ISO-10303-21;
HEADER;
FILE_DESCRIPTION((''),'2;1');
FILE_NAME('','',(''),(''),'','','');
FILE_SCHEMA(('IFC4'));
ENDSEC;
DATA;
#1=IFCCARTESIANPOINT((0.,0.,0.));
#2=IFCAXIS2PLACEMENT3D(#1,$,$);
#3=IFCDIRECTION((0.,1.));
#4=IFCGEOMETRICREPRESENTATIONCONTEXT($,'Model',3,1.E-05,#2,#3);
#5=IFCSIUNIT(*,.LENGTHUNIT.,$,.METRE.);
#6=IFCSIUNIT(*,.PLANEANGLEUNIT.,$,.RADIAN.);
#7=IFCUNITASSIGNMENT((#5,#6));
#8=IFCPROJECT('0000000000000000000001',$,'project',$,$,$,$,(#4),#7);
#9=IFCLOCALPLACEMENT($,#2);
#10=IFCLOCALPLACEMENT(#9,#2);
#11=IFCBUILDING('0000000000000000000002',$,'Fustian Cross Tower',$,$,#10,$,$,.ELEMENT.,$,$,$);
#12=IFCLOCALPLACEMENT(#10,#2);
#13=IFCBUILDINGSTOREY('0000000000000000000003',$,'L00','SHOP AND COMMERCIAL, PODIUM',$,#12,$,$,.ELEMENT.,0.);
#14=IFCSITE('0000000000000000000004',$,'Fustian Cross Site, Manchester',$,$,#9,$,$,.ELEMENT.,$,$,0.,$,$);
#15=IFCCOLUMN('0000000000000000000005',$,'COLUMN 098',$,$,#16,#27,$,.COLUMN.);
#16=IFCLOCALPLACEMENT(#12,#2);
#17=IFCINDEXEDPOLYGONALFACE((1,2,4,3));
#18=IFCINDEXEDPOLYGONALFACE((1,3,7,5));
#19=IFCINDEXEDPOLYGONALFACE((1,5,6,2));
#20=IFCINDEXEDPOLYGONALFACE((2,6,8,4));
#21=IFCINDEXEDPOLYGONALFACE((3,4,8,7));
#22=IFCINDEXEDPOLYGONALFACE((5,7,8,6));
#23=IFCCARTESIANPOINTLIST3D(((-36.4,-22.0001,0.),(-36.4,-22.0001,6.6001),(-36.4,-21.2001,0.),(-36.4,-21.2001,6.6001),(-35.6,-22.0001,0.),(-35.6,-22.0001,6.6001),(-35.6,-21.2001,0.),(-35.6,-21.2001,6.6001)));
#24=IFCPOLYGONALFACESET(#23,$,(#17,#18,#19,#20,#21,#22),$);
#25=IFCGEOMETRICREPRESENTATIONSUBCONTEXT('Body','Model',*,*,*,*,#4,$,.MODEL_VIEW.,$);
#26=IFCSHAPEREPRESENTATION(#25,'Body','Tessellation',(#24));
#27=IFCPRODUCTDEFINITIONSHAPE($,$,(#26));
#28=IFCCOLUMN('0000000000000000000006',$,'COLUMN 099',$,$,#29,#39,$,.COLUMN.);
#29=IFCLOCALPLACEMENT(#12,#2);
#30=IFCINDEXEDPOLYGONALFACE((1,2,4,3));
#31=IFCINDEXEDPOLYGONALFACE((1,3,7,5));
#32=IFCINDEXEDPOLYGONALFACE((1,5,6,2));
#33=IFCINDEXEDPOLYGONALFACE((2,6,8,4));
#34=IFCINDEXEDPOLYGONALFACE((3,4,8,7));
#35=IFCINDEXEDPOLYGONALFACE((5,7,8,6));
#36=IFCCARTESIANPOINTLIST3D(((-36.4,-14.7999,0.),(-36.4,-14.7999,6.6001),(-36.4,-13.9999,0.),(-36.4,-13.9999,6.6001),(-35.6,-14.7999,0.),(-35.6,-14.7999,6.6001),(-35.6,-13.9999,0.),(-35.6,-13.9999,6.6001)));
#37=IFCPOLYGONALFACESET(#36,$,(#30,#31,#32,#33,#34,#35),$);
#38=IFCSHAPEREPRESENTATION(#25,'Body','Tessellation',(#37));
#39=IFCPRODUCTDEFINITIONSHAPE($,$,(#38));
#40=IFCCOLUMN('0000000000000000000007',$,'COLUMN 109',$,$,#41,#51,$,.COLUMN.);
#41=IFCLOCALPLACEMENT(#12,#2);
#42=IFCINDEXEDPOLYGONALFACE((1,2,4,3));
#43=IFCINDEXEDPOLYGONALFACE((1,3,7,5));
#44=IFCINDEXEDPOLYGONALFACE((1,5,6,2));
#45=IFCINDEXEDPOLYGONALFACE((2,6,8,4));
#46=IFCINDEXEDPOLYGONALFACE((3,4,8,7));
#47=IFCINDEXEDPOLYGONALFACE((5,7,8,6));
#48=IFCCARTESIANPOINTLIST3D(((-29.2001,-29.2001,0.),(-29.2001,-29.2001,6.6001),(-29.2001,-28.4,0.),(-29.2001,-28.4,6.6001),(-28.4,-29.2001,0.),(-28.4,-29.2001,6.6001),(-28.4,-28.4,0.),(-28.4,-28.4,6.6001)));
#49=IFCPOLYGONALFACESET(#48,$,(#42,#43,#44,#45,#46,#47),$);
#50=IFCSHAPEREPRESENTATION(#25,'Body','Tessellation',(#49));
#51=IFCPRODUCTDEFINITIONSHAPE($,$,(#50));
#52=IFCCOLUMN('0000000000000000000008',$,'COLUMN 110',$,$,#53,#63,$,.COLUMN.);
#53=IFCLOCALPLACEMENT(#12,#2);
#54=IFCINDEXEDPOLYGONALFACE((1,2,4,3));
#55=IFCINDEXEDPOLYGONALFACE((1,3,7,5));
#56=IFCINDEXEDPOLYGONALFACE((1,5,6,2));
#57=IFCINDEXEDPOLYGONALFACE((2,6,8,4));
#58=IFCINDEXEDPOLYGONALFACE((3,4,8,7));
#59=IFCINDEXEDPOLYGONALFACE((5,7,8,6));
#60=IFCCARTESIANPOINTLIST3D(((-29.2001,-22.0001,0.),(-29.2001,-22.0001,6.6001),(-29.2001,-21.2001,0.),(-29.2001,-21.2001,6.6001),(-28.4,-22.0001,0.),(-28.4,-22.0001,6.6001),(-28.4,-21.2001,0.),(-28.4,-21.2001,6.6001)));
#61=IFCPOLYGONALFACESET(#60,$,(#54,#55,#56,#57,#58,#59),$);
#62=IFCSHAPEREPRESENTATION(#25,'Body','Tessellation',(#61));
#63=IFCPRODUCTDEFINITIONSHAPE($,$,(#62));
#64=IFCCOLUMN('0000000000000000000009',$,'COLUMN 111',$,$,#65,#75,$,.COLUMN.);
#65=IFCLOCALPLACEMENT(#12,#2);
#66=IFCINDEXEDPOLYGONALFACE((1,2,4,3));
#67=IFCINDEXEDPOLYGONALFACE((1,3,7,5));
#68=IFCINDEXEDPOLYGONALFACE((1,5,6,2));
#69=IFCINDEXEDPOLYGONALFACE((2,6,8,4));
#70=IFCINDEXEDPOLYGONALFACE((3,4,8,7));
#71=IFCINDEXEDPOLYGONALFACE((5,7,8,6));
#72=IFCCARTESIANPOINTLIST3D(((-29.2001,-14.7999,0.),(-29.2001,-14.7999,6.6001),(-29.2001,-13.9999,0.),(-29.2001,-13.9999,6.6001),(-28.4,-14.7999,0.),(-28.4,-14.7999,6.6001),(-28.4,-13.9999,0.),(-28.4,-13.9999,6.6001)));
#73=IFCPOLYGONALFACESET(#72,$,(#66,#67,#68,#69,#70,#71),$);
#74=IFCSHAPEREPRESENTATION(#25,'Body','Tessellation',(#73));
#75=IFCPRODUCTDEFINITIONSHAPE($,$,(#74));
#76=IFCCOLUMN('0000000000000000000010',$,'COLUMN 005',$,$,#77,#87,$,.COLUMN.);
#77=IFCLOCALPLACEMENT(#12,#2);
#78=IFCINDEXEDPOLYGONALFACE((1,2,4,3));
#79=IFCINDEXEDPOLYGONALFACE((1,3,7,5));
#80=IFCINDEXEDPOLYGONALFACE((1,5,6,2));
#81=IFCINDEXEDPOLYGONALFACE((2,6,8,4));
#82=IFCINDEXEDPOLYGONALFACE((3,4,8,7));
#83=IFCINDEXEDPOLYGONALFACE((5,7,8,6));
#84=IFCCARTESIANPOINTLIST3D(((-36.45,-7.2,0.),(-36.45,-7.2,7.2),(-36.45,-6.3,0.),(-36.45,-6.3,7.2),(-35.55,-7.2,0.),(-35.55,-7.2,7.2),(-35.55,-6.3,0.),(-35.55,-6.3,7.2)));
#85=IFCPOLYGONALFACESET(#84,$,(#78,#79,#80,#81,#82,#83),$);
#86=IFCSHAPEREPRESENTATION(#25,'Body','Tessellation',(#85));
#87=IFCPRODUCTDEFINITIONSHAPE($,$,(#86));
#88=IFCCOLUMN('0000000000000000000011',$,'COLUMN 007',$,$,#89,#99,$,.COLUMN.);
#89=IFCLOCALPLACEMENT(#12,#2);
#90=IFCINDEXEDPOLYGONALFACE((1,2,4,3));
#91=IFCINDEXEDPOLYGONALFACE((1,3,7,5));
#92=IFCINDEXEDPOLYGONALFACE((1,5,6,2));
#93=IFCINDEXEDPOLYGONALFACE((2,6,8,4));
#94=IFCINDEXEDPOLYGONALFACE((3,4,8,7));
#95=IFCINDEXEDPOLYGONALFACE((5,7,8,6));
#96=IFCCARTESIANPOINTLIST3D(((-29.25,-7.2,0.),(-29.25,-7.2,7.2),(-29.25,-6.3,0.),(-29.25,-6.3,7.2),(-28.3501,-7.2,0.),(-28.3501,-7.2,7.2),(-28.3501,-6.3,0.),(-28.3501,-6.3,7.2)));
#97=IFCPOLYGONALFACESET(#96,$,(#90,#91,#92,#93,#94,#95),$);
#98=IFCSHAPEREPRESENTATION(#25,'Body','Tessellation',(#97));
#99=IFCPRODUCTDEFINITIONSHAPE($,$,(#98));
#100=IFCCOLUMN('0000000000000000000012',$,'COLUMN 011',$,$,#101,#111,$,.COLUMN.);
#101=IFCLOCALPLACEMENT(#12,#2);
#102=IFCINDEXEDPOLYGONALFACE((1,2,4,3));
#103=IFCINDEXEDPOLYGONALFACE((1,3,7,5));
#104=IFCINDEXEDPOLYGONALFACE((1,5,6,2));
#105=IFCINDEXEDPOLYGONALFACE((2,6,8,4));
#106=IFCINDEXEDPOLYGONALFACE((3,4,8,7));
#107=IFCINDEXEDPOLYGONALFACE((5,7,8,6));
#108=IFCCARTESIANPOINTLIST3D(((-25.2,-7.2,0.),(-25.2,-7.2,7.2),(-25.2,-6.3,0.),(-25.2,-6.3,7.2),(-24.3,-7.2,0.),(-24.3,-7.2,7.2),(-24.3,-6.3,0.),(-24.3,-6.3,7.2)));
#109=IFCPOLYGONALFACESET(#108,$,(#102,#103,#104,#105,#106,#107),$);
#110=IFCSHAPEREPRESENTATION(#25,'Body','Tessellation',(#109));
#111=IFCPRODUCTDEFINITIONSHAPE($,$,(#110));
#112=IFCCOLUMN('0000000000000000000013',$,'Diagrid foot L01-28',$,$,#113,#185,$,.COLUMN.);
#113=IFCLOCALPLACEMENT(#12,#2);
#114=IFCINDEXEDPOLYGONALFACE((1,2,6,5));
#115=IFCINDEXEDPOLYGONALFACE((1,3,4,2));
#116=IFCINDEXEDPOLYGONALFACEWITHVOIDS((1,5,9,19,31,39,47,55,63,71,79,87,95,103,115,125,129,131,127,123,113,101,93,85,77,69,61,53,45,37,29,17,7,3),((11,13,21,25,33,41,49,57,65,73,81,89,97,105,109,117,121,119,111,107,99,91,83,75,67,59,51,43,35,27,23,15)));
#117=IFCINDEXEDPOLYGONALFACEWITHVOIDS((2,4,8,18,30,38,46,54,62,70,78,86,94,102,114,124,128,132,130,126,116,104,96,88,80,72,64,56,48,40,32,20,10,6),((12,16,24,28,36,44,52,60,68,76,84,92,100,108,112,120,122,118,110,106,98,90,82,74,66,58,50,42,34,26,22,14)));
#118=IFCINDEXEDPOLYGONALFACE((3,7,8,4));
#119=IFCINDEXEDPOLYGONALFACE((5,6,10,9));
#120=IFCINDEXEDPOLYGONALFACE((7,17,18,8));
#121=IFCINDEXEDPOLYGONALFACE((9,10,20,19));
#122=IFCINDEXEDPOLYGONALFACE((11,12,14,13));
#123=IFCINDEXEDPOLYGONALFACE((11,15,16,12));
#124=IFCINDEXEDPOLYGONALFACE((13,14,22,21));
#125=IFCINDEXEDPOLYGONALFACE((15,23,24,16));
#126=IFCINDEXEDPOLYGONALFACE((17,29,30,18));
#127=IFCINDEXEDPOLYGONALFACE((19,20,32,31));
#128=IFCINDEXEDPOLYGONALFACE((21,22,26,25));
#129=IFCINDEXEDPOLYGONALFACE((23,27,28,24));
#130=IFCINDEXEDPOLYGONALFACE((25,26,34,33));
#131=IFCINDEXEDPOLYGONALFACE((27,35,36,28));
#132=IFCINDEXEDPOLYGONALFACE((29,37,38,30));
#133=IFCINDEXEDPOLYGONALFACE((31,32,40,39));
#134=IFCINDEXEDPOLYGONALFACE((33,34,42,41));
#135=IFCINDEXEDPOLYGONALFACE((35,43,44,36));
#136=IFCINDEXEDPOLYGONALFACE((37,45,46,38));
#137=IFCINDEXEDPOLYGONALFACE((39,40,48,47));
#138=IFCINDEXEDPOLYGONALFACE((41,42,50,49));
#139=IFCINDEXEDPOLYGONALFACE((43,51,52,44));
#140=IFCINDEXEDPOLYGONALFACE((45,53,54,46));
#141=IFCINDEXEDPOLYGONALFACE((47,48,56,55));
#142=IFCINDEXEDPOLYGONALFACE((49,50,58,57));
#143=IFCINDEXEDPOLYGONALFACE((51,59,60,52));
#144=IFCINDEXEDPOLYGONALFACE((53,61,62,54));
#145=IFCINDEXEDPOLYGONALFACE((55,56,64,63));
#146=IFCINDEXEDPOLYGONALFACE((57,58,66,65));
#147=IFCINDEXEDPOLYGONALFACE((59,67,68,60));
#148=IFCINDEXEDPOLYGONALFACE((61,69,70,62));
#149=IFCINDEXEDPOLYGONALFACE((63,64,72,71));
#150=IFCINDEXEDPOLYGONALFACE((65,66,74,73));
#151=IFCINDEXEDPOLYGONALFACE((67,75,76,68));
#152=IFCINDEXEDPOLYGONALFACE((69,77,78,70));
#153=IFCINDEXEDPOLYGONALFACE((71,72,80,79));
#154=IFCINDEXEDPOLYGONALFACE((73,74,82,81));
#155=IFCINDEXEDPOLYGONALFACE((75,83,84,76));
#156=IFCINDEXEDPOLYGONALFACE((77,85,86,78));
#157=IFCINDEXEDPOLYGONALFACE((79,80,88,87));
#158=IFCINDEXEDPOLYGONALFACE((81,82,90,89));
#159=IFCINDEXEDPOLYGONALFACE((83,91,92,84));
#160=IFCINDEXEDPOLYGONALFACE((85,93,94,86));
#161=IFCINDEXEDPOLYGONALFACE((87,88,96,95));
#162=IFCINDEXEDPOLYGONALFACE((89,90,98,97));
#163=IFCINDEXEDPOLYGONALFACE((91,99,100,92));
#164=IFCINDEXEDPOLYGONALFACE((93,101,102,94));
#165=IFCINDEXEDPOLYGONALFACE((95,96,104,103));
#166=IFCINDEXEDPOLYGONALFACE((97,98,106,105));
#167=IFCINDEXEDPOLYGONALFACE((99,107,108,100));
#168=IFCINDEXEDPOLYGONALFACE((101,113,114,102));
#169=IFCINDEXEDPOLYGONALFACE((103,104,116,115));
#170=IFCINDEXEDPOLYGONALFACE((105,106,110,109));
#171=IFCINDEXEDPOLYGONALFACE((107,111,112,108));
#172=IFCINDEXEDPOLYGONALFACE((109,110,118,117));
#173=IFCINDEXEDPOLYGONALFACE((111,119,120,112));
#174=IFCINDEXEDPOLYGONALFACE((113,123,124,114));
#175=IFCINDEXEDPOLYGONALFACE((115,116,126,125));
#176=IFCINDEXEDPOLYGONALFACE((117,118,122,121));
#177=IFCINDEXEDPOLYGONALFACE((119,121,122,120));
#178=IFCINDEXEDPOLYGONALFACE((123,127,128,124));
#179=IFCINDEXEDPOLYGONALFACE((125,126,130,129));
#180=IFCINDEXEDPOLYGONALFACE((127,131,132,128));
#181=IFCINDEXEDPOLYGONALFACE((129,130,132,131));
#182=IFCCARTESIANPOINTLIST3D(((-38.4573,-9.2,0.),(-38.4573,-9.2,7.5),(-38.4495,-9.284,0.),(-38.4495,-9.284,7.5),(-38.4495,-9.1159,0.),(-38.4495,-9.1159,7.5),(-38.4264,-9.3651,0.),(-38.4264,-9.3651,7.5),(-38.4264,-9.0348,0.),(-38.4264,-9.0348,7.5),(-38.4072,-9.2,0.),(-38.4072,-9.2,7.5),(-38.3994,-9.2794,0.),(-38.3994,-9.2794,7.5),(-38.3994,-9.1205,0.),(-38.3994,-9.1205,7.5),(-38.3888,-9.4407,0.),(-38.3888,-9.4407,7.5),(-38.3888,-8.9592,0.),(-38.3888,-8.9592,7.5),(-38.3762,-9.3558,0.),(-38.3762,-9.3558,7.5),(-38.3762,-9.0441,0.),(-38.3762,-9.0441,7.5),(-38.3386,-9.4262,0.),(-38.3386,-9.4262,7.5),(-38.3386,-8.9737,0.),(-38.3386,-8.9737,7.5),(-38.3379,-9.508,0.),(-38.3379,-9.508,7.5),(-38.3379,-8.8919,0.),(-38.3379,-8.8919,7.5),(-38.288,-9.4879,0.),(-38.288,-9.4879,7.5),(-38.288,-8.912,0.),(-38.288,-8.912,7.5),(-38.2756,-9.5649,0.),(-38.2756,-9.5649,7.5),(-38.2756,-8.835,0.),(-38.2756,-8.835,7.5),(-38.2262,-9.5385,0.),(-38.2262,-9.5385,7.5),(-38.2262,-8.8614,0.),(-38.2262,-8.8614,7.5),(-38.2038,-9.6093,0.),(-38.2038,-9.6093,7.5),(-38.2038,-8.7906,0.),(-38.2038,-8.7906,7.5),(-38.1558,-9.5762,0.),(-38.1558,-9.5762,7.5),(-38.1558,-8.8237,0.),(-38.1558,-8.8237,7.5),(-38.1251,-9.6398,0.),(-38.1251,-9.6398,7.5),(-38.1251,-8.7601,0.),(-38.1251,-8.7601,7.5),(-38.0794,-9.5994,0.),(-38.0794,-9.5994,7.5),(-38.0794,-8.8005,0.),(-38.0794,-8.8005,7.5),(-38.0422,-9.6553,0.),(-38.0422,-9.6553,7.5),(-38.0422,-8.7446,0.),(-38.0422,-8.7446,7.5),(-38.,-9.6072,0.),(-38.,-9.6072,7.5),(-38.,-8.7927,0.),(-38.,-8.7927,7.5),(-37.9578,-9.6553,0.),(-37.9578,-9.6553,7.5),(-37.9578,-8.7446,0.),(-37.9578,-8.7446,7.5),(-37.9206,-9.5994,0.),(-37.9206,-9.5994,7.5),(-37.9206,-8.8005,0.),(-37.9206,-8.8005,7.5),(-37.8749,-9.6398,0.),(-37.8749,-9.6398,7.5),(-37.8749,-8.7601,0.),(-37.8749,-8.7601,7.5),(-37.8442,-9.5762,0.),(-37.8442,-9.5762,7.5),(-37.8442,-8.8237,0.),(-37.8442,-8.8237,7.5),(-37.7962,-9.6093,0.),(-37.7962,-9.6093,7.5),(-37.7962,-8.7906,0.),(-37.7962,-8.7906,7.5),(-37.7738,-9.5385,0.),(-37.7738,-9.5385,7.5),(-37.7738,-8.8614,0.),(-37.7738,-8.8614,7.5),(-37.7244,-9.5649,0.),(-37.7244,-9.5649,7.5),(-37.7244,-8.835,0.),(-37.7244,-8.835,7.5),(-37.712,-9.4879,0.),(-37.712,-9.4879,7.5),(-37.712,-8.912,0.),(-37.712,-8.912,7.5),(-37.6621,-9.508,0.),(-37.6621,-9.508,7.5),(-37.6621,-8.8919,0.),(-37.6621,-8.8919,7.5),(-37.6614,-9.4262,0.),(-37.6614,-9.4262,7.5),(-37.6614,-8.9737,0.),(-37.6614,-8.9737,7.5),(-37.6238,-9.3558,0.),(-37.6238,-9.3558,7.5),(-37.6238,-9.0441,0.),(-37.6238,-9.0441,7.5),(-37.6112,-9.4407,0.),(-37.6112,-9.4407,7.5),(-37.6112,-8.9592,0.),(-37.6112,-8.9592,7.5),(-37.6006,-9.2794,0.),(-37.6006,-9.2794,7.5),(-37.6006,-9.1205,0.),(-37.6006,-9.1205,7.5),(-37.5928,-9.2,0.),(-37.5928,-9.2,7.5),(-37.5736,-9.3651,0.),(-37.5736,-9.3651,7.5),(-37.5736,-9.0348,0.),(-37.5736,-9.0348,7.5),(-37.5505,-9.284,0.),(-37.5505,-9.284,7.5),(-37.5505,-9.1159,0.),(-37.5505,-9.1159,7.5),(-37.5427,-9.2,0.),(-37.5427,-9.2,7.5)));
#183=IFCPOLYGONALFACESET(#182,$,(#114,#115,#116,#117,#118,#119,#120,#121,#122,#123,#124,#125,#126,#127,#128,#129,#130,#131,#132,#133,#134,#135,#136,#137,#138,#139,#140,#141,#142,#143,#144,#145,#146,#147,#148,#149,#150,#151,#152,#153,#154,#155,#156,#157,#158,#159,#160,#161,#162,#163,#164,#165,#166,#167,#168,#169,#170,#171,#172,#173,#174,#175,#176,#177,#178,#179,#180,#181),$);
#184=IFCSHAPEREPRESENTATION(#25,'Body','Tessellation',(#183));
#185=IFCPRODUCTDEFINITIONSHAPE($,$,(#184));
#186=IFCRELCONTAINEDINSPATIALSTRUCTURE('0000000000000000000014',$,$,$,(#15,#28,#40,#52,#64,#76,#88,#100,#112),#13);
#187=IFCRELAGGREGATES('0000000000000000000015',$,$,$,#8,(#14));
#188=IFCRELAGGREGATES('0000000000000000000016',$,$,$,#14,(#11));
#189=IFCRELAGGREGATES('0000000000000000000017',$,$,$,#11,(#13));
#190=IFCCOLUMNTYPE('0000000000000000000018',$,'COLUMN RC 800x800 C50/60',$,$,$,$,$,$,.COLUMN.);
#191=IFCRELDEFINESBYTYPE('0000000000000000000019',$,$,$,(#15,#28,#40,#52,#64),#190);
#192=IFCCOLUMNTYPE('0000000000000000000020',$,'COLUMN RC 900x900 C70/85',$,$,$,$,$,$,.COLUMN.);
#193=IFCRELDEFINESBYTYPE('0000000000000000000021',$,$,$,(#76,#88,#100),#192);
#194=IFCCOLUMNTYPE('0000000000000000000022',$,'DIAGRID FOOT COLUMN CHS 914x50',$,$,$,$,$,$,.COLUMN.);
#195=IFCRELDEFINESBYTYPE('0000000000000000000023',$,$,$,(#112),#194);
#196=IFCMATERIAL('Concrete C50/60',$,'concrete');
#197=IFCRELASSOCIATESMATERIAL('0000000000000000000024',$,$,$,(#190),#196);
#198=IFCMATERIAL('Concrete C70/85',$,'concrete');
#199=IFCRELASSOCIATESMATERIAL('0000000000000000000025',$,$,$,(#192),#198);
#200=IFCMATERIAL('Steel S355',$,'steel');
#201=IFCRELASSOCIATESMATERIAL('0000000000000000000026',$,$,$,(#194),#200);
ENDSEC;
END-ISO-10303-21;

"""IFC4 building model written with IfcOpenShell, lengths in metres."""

from ifc_helpers import new_model, si_unit, direction, frame, origin, origin_2d, place, context, subcontext, project, spatial, rectangle, hollow_circle, extrude, material, material_profile, profile_set, type_object, element, save


model = new_model("IFC4")

# Units and contexts
model_context = context("Model", 3, precision=1e-05, world=origin(), true_north=direction((0.0, 1.0)))
body_context = subcontext(model_context, "Body", "Model", "MODEL_VIEW")
ifc_project = project(units=[si_unit("LENGTHUNIT", "METRE"), si_unit("PLANEANGLEUNIT", "RADIAN")], contexts=[model_context])

# Site, building, storey
site_placement = place(None, origin())
site = spatial("IfcSite", under=ifc_project, at=site_placement, Name="Fustian Cross Site, Manchester", CompositionType="ELEMENT", RefElevation=0.0)
building_placement = place(site_placement, origin())
building = spatial("IfcBuilding", under=site, at=building_placement, Name="Fustian Cross Tower", CompositionType="ELEMENT")
storey_placement = place(building_placement, origin())
storey = spatial("IfcBuildingStorey", under=building, at=storey_placement, Name="L00", Description="SHOP AND COMMERCIAL, PODIUM", CompositionType="ELEMENT", Elevation=0.0)

# Columns
ifc_material_1 = material(Name="Concrete C50/60", Category="concrete")
ifc_material_profile_1 = material_profile(ifc_material_1, rectangle(XDim=0.8, YDim=0.8, at=origin_2d()), Name="RC 800x800")
ifc_profile_set_1 = profile_set([ifc_material_profile_1], Name="Concrete C50/60")
column_type_1 = type_object("IfcColumnType", Name="COLUMN RC 800x800 C50/60", PredefinedType="COLUMN", material=ifc_profile_set_1)
for number, where, z_axis, x_axis, name in (
    (1, (-36.0, -21.6001, 0.0), (0.0, 0.0, 1.0), (1.0, 0.0, 0.0), "COLUMN 098"),
    (2, (-36.0, -14.3999, 0.0), (0.0, 0.0, 1.0), (1.0, 0.0, 0.0), "COLUMN 099"),
    (3, (-28.8, -28.8, 0.0), (0.0, 0.0, 1.0), (1.0, 0.0, 0.0), "COLUMN 109"),
    (4, (-28.8, -21.6001, 0.0), (0.0, 0.0, 1.0), (1.0, 0.0, 0.0), "COLUMN 110"),
    (5, (-28.8, -14.3999, 0.0), (0.0, 0.0, 1.0), (1.0, 0.0, 0.0), "COLUMN 111"),
):
    element("IfcColumn", number, at=place(storey_placement, frame(where, z_axis=z_axis, x_axis=x_axis)), inside=storey, type_object=column_type_1, Name=name, PredefinedType="COLUMN", context=body_context, shape_type="SweptSolid", body=[
        extrude(rectangle(XDim=0.8, YDim=0.8, at=origin_2d()), origin(), (0.0, 0.0, 1.0), 6.6001),
    ])
ifc_material_2 = material(Name="Concrete C70/85", Category="concrete")
ifc_material_profile_2 = material_profile(ifc_material_2, rectangle(XDim=0.8999, YDim=0.8999, at=origin_2d()), Name="RC 900x900")
ifc_profile_set_2 = profile_set([ifc_material_profile_2], Name="Concrete C70/85")
column_type_2 = type_object("IfcColumnType", Name="COLUMN RC 900x900 C70/85", PredefinedType="COLUMN", material=ifc_profile_set_2)
for number, where, z_axis, x_axis, name in (
    (6, (-36.0, -6.75, 0.0), (0.0, 0.0, 1.0), (1.0, 0.0, 0.0), "COLUMN 005"),
    (7, (-28.8, -6.75, 0.0), (0.0, 0.0, 1.0), (1.0, 0.0, 0.0), "COLUMN 007"),
    (8, (-24.75, -6.75, 0.0), (0.0, 0.0, 1.0), (1.0, 0.0, 0.0), "COLUMN 011"),
):
    element("IfcColumn", number, at=place(storey_placement, frame(where, z_axis=z_axis, x_axis=x_axis)), inside=storey, type_object=column_type_2, Name=name, PredefinedType="COLUMN", context=body_context, shape_type="SweptSolid", body=[
        extrude(rectangle(XDim=0.8999, YDim=0.8999, at=origin_2d()), origin(), (0.0, 0.0, 1.0), 7.2),
    ])
ifc_material_3 = material(Name="Steel S355", Category="steel")
ifc_material_profile_3 = material_profile(ifc_material_3, hollow_circle(Radius=0.4573, WallThickness=0.05, at=origin_2d()), Name="CHS 914x50")
ifc_profile_set_3 = profile_set([ifc_material_profile_3], Name="Steel S355")
column_type_3 = type_object("IfcColumnType", Name="DIAGRID FOOT COLUMN CHS 914x50", PredefinedType="COLUMN", material=ifc_profile_set_3)
for number, where, z_axis, x_axis, name in (
    (9, (-38.0, -9.2, 0.0), (0.0, 0.0, 1.0), (1.0, 0.0, 0.0), "Diagrid foot L01-28"),
):
    element("IfcColumn", number, at=place(storey_placement, frame(where, z_axis=z_axis, x_axis=x_axis)), inside=storey, type_object=column_type_3, Name=name, PredefinedType="COLUMN", context=body_context, shape_type="SweptSolid", body=[
        extrude(hollow_circle(Radius=0.4573, WallThickness=0.05, at=origin_2d()), origin(), (0.0, 0.0, 1.0), 7.5),
    ])

save(model, "model.ifc")
